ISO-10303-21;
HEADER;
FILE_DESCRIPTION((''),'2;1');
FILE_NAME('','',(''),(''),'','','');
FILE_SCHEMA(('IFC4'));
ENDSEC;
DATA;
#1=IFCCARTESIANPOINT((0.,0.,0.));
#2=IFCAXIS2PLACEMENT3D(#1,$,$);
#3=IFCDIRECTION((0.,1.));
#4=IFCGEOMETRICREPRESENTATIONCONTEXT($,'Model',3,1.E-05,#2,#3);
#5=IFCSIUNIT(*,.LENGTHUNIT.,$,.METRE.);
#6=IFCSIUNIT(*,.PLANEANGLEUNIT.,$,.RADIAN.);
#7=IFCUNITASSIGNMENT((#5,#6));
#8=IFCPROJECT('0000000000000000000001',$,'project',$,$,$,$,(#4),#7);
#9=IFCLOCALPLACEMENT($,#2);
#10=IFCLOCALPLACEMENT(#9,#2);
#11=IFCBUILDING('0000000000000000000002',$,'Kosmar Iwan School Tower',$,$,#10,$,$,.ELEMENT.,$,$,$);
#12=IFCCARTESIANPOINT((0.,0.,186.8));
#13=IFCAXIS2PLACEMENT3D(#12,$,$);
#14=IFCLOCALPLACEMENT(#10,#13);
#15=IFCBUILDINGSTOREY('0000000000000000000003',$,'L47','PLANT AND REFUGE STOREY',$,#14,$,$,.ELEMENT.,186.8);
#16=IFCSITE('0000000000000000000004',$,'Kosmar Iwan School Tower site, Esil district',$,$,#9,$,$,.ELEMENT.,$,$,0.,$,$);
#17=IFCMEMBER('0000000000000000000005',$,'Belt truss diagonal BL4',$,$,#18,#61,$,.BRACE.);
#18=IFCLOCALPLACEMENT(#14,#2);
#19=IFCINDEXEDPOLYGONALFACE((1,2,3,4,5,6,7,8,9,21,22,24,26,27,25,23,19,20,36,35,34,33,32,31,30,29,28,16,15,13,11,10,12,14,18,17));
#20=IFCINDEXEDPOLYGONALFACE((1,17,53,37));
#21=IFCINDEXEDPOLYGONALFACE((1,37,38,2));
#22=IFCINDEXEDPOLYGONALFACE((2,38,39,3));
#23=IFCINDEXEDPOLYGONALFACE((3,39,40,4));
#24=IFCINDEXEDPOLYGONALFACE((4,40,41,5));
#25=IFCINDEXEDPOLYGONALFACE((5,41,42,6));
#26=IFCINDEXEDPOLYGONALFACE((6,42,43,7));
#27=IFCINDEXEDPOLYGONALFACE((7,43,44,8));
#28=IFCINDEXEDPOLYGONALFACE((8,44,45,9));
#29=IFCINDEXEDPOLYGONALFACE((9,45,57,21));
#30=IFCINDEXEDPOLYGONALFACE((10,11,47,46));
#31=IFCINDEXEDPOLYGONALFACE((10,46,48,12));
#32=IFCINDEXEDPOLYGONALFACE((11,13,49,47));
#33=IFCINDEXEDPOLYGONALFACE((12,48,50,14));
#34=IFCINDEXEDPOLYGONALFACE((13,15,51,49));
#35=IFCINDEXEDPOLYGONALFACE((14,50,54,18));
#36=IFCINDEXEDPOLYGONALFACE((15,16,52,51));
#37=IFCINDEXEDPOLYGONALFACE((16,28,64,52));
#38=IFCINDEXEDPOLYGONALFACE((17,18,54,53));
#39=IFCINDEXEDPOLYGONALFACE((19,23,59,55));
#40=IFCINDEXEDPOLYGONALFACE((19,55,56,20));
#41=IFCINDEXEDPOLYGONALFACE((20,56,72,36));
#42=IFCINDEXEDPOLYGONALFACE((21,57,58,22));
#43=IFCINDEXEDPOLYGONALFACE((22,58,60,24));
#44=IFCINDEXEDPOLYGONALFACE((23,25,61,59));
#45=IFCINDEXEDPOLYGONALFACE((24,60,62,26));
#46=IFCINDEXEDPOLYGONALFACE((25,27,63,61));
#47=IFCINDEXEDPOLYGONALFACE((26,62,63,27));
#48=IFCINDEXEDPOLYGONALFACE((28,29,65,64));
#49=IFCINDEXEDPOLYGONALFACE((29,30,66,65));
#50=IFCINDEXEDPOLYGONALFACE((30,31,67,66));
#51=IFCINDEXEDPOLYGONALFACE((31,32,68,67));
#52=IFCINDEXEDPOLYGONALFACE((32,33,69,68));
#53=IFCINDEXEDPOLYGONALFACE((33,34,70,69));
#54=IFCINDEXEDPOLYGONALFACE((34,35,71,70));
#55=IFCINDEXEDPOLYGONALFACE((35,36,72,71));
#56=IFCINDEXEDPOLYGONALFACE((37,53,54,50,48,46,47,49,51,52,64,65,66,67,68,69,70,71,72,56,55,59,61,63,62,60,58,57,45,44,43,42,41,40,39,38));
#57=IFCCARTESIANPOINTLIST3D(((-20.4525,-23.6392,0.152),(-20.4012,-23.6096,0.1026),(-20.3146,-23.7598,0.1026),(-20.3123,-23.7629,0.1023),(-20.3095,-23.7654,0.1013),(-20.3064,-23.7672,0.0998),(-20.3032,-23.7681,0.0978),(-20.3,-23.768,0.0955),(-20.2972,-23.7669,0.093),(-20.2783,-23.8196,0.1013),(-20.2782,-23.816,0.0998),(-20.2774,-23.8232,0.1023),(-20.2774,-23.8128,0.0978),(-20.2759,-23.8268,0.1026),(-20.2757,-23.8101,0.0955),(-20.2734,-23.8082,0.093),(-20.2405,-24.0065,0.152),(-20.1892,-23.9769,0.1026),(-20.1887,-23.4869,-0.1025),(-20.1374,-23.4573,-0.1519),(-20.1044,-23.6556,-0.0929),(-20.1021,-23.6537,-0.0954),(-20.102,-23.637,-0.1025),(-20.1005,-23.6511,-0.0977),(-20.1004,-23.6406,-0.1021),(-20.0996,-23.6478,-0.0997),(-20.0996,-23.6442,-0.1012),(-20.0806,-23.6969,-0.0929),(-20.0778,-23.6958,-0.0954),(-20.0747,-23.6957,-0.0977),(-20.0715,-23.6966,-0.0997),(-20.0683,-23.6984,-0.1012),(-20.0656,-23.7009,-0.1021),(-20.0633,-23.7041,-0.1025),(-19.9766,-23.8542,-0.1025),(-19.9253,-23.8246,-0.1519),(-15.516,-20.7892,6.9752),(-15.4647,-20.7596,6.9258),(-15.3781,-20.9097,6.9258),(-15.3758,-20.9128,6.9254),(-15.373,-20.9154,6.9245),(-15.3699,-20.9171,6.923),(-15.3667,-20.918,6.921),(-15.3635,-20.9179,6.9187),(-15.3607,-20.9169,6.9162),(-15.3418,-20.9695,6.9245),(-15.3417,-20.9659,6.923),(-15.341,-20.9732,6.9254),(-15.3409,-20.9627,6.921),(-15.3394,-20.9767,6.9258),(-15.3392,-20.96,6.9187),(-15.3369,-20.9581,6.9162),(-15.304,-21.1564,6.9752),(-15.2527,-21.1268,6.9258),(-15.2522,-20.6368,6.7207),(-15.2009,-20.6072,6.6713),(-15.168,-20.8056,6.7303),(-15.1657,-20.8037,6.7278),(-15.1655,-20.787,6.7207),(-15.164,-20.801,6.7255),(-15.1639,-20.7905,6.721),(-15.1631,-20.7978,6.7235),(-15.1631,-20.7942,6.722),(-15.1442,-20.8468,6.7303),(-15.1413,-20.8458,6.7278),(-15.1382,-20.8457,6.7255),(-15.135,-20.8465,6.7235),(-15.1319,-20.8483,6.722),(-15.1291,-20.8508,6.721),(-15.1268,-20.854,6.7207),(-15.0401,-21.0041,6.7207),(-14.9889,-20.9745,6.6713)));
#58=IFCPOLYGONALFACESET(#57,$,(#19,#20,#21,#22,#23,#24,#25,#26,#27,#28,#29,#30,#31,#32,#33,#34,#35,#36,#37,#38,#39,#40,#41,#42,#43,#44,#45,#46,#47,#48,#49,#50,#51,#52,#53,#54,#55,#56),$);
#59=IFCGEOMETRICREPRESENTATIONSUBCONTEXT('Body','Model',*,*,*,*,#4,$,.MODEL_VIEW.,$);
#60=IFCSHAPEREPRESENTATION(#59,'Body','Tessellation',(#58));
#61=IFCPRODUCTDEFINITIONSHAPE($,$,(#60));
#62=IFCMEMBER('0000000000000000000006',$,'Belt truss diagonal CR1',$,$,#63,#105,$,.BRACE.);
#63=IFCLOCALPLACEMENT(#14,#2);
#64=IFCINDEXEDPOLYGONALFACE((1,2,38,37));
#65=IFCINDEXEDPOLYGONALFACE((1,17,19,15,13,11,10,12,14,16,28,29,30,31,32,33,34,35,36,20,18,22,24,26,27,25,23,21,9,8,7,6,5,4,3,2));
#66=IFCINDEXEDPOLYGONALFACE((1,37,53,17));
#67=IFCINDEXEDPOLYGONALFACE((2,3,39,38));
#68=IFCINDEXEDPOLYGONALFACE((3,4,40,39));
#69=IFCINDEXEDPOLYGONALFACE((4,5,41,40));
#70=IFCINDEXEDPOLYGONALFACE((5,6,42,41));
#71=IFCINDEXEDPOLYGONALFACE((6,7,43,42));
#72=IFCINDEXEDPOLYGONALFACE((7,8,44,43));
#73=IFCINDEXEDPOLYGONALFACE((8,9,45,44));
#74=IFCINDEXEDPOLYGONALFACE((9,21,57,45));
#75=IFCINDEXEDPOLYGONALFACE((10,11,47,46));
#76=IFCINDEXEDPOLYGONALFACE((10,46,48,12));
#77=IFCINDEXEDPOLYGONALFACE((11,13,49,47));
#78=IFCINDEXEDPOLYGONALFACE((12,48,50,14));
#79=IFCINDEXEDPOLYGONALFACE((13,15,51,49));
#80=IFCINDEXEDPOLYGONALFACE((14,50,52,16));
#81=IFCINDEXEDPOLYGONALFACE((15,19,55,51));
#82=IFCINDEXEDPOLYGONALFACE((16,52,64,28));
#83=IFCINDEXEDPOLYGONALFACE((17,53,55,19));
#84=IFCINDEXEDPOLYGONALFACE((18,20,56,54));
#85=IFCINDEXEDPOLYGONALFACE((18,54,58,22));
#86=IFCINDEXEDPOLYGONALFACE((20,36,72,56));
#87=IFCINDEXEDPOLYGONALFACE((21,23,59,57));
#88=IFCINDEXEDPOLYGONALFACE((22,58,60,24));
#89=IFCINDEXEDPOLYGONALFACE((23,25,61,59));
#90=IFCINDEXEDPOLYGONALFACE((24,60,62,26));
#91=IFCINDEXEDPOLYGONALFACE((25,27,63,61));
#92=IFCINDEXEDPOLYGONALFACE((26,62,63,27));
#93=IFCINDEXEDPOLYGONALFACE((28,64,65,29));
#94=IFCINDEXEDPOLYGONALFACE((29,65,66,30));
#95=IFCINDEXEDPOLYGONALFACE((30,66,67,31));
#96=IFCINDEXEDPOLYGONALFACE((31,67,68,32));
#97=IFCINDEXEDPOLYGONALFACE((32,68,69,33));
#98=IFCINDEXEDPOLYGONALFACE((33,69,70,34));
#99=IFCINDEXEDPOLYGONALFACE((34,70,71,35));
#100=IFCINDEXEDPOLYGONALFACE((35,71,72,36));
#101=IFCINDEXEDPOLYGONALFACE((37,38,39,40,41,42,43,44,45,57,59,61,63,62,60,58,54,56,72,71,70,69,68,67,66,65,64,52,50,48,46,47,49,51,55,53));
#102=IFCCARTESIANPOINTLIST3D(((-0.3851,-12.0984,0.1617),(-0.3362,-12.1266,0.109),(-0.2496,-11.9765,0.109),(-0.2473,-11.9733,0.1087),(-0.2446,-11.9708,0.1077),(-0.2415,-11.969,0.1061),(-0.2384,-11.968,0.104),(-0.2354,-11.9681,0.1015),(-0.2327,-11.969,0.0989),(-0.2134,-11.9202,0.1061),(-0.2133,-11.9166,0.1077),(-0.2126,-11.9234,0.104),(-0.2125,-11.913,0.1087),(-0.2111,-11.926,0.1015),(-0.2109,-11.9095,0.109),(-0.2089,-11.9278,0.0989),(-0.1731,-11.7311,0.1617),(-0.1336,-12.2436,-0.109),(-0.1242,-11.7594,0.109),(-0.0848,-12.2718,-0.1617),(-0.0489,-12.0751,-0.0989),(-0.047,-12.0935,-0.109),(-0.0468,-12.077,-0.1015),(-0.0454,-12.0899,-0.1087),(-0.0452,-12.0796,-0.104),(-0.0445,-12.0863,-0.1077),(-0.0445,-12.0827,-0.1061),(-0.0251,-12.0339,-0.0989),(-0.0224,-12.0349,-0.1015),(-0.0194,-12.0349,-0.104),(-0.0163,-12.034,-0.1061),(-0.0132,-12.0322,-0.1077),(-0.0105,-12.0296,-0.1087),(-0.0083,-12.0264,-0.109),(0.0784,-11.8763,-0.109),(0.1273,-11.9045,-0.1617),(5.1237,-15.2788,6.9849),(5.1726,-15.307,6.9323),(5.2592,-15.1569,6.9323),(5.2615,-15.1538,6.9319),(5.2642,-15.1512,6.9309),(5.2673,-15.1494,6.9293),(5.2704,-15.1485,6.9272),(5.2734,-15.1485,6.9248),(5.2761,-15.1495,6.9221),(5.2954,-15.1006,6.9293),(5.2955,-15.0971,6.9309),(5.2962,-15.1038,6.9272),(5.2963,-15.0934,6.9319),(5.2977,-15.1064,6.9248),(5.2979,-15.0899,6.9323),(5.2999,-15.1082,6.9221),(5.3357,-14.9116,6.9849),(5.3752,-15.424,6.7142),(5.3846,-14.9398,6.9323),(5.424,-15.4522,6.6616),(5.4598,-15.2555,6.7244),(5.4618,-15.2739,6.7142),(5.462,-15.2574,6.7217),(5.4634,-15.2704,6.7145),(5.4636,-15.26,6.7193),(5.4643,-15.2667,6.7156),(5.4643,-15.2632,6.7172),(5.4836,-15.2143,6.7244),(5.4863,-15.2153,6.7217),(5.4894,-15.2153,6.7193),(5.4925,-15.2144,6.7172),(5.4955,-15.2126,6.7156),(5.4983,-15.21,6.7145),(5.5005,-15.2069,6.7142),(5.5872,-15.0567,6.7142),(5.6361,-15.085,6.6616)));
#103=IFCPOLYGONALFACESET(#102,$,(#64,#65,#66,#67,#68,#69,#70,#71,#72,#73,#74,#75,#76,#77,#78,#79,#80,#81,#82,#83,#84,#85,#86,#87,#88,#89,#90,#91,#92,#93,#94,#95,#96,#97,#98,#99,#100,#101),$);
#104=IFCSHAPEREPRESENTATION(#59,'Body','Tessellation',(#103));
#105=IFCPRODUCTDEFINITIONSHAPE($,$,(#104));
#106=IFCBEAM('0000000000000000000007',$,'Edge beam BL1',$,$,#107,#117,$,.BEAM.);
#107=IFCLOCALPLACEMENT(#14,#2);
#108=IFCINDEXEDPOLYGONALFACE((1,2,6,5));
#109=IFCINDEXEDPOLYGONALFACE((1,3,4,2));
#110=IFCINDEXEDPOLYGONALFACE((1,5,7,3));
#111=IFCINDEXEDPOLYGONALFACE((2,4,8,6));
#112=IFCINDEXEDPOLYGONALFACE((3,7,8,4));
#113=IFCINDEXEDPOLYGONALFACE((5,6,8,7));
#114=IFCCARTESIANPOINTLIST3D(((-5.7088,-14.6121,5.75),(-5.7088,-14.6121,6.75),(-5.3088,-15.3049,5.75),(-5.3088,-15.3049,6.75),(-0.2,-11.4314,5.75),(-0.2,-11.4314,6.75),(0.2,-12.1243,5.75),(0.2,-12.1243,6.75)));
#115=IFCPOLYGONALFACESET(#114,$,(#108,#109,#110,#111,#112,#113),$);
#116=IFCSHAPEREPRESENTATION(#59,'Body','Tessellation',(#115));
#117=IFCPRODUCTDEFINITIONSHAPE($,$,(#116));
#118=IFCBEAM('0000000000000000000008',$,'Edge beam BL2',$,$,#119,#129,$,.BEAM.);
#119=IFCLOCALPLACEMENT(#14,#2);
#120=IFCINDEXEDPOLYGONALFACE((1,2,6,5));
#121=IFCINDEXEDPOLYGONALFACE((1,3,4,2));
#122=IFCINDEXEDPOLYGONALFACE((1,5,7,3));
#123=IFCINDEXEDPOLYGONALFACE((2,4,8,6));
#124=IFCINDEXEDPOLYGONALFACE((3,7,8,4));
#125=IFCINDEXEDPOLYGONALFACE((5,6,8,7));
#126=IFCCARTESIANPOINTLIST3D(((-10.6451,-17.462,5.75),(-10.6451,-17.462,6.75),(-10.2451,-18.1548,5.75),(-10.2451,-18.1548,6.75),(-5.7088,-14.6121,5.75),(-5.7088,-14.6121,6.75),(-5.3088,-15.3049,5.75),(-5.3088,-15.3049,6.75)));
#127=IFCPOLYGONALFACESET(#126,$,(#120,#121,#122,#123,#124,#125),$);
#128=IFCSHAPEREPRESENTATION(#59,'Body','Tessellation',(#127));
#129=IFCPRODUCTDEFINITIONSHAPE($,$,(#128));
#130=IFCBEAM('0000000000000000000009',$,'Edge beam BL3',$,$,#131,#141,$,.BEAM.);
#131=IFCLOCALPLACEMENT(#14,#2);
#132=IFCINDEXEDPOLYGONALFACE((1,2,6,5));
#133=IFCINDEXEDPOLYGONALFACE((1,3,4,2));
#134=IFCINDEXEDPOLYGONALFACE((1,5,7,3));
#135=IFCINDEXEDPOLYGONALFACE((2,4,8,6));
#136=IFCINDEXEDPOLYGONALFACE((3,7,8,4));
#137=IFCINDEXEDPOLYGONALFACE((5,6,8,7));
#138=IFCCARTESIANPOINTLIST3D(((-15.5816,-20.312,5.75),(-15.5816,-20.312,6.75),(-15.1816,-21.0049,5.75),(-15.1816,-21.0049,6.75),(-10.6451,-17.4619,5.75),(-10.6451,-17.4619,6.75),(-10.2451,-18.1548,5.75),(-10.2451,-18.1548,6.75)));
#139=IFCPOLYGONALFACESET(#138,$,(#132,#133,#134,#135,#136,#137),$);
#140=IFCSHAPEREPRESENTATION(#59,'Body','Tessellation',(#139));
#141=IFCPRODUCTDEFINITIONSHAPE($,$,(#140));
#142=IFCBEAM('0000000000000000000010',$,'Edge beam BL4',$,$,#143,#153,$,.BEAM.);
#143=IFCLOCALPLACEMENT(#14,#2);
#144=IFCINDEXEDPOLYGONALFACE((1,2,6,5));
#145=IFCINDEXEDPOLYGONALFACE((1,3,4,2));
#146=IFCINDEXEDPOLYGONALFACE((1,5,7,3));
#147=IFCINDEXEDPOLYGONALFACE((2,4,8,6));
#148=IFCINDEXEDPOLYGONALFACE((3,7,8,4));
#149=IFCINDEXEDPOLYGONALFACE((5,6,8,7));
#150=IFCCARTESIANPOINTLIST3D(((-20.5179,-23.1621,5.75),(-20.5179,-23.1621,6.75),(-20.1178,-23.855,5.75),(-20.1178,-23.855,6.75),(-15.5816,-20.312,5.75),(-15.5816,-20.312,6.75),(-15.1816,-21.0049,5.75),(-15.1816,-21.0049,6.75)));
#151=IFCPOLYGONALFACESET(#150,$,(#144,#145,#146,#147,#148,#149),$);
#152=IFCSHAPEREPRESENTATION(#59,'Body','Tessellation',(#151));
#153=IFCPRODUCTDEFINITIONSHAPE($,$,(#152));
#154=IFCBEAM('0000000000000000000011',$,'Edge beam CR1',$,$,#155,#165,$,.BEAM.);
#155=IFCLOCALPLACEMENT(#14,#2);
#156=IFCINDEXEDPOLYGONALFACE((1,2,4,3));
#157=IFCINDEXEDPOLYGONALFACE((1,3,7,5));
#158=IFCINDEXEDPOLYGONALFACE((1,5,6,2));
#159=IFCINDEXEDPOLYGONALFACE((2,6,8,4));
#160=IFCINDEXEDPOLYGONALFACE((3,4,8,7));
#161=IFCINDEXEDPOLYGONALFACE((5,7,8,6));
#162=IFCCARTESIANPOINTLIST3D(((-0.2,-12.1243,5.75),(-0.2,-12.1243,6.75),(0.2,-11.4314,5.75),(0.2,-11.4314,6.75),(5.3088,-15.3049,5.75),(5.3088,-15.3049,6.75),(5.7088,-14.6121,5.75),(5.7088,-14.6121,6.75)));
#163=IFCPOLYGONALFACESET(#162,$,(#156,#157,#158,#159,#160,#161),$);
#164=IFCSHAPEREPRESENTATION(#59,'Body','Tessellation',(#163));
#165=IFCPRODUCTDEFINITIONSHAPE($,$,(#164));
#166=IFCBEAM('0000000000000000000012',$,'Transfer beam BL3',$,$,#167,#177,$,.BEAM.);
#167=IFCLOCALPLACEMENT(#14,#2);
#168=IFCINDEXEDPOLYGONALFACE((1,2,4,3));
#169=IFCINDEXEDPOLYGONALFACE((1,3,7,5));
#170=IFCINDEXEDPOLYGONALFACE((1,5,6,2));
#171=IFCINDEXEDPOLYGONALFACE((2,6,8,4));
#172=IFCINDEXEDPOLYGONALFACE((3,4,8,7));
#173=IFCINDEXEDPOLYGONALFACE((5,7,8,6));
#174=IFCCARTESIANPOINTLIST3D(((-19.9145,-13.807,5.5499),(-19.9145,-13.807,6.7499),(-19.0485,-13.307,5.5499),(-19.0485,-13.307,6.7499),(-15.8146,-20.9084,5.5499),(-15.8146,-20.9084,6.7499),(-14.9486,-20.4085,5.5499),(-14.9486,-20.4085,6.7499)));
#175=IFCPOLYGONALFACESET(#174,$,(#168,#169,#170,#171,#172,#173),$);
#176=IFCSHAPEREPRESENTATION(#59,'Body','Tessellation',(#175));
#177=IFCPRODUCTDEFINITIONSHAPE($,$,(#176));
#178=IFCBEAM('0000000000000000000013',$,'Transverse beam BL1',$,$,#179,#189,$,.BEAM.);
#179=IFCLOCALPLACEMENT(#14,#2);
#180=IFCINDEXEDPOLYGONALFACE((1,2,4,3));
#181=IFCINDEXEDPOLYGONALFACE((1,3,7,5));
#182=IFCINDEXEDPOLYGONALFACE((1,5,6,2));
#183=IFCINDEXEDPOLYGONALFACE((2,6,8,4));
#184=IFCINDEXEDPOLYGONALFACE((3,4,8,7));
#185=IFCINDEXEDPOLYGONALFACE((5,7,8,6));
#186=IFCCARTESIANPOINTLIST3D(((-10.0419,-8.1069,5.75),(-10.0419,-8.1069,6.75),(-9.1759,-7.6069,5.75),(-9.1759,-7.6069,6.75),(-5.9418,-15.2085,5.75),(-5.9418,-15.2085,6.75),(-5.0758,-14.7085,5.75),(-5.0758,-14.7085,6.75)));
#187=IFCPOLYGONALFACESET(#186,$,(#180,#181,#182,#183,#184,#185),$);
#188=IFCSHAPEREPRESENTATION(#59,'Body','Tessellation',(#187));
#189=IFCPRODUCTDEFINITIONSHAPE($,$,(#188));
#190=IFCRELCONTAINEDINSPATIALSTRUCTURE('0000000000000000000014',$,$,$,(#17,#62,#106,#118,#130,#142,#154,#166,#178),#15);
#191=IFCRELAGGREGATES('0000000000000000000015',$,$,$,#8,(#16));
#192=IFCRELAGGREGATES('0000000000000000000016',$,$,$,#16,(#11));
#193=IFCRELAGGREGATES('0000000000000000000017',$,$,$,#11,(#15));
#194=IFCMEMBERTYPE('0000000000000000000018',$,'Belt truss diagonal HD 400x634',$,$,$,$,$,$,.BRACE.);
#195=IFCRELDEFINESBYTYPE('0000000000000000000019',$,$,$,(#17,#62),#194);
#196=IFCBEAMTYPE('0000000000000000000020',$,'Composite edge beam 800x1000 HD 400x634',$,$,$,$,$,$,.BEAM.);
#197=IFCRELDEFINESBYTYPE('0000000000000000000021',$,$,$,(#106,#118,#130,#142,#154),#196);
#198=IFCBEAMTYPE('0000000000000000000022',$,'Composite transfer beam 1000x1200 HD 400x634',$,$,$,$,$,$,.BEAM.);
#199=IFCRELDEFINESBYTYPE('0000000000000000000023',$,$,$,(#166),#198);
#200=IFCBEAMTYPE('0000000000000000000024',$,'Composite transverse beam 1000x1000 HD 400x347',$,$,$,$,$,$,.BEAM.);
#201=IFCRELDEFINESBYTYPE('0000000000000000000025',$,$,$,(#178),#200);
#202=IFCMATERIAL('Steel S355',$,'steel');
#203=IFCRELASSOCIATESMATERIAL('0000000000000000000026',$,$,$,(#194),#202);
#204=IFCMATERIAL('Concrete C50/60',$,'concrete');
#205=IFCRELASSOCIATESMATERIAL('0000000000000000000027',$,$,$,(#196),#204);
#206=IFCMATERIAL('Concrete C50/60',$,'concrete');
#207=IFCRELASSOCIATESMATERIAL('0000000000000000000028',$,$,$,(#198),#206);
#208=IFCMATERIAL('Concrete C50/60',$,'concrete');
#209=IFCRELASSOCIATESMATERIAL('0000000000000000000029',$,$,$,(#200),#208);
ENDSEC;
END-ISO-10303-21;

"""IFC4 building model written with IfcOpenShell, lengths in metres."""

from ifc_helpers import new_model, si_unit, direction, frame, origin, origin_2d, place, context, subcontext, project, spatial, rectangle, i_section, extrude, material, material_profile, profile_set, type_object, element, save


model = new_model("IFC4")

# Units and contexts
model_context = context("Model", 3, precision=1e-05, world=origin(), true_north=direction((0.0, 1.0)))
body_context = subcontext(model_context, "Body", "Model", "MODEL_VIEW")
ifc_project = project(units=[si_unit("LENGTHUNIT", "METRE"), si_unit("PLANEANGLEUNIT", "RADIAN")], contexts=[model_context])

# Site, building, storey
site_placement = place(None, origin())
site = spatial("IfcSite", under=ifc_project, at=site_placement, Name="Kosmar Iwan School Tower site, Esil district", CompositionType="ELEMENT", RefElevation=0.0)
building_placement = place(site_placement, origin())
building = spatial("IfcBuilding", under=site, at=building_placement, Name="Kosmar Iwan School Tower", CompositionType="ELEMENT")
storey_placement = place(building_placement, frame((0.0, 0.0, 186.8)))
storey = spatial("IfcBuildingStorey", under=building, at=storey_placement, Name="L47", Description="PLANT AND REFUGE STOREY", CompositionType="ELEMENT", Elevation=186.8)

# Members
ifc_material_1 = material(Name="Steel S355", Category="steel")
ifc_material_profile_1 = material_profile(ifc_material_1, i_section(OverallWidth=0.4241, OverallDepth=0.4741, WebThickness=0.0476, FlangeThickness=0.0771, FilletRadius=0.0149, at=origin_2d()), Name="HD 400x634")
ifc_profile_set_1 = profile_set([ifc_material_profile_1], Name="Steel S355")
member_type = type_object("IfcMemberType", Name="Belt truss diagonal HD 400x634", PredefinedType="BRACE", material=ifc_profile_set_1)
member_1_placement = place(storey_placement, frame((-15.2524, -20.8818, 6.8232), z_axis=(-0.55523, -0.320562, -0.767437), x_axis=(0.499999, -0.866026, 0.0)))
element("IfcMember", 1, at=member_1_placement, inside=storey, type_object=member_type, Name="Belt truss diagonal BL4", PredefinedType="BRACE", context=body_context, shape_type="SweptSolid", body=[
    extrude(i_section(OverallWidth=0.4241, OverallDepth=0.4741, WebThickness=0.0476, FlangeThickness=0.0771, FilletRadius=0.0149, at=origin_2d()), origin(), (0.0, 0.0, 1.0), 8.8909),
])
member_2_placement = place(storey_placement, frame((-0.1289, -12.0015, 0.0), z_axis=(0.590542, -0.340941, 0.731451), x_axis=(0.49999, 0.866031, 0.0)))
element("IfcMember", 2, at=member_2_placement, inside=storey, type_object=member_type, Name="Belt truss diagonal CR1", PredefinedType="BRACE", context=body_context, shape_type="SweptSolid", body=[
    extrude(i_section(OverallWidth=0.4241, OverallDepth=0.4741, WebThickness=0.0476, FlangeThickness=0.0771, FilletRadius=0.0149, at=origin_2d()), origin(), (0.0, 0.0, 1.0), 9.3284),
])

# Beams
ifc_material_2 = material(Name="Concrete C50/60", Category="concrete")
ifc_material_profile_2 = material_profile(ifc_material_2, rectangle(XDim=0.8, YDim=1.0, at=origin_2d()), Name="RC 800x1000 + HD 400x634")
ifc_profile_set_2 = profile_set([ifc_material_profile_2], Name="Concrete C50/60")
beam_type_1 = type_object("IfcBeamType", Name="Composite edge beam 800x1000 HD 400x634", PredefinedType="BEAM", material=ifc_profile_set_2)
beam_1_placement = place(storey_placement, frame((0.0, -11.7778, 6.25), z_axis=(-0.866014, -0.500019, 0.0), x_axis=(0.500019, -0.866014, 0.0)))
element("IfcBeam", 3, at=beam_1_placement, inside=storey, type_object=beam_type_1, Name="Edge beam BL1", PredefinedType="BEAM", context=body_context, shape_type="SweptSolid", body=[
    extrude(rectangle(XDim=0.8, YDim=1.0, at=origin_2d()), origin(), (0.0, 0.0, 1.0), 6.3611),
])
beam_2_placement = place(storey_placement, frame((-5.5088, -14.9585, 6.25), z_axis=(-0.866034, -0.499986, 0.0), x_axis=(0.499986, -0.866034, 0.0)))
element("IfcBeam", 4, at=beam_2_placement, inside=storey, type_object=beam_type_1, Name="Edge beam BL2", PredefinedType="BEAM", context=body_context, shape_type="SweptSolid", body=[
    extrude(rectangle(XDim=0.8, YDim=1.0, at=origin_2d()), origin(), (0.0, 0.0, 1.0), 5.7),
])
beam_3_placement = place(storey_placement, frame((-10.4451, -17.8083, 6.25), z_axis=(-0.866026, -0.499999, 0.0), x_axis=(0.499999, -0.866026, 0.0)))
element("IfcBeam", 5, at=beam_3_placement, inside=storey, type_object=beam_type_1, Name="Edge beam BL3", PredefinedType="BEAM", context=body_context, shape_type="SweptSolid", body=[
    extrude(rectangle(XDim=0.8, YDim=1.0, at=origin_2d()), origin(), (0.0, 0.0, 1.0), 5.7002),
])
beam_4_placement = place(storey_placement, frame((-15.3816, -20.6584, 6.25), z_axis=(-0.866015, -0.500018, 0.0), x_axis=(0.500018, -0.866015, 0.0)))
element("IfcBeam", 6, at=beam_4_placement, inside=storey, type_object=beam_type_1, Name="Edge beam BL4", PredefinedType="BEAM", context=body_context, shape_type="SweptSolid", body=[
    extrude(rectangle(XDim=0.8, YDim=1.0, at=origin_2d()), origin(), (0.0, 0.0, 1.0), 5.7),
])
beam_5_placement = place(storey_placement, frame((0.0, -11.7778, 6.25), z_axis=(0.866014, -0.500019, 0.0), x_axis=(0.500019, 0.866014, 0.0)))
element("IfcBeam", 7, at=beam_5_placement, inside=storey, type_object=beam_type_1, Name="Edge beam CR1", PredefinedType="BEAM", context=body_context, shape_type="SweptSolid", body=[
    extrude(rectangle(XDim=0.8, YDim=1.0, at=origin_2d()), origin(), (0.0, 0.0, 1.0), 6.3611),
])
ifc_material_3 = material(Name="Concrete C50/60", Category="concrete")
ifc_material_profile_3 = material_profile(ifc_material_3, rectangle(XDim=1.0, YDim=1.2, at=origin_2d()), Name="RC 1000x1200 + HD 400x634")
ifc_profile_set_3 = profile_set([ifc_material_profile_3], Name="Concrete C50/60")
beam_type_2 = type_object("IfcBeamType", Name="Composite transfer beam 1000x1200 HD 400x634", PredefinedType="BEAM", material=ifc_profile_set_3)
beam_6_placement = place(storey_placement, frame((-15.3816, -20.6584, 6.1499), z_axis=(-0.499991, 0.86603, 0.0), x_axis=(-0.86603, -0.499991, 0.0)))
element("IfcBeam", 8, at=beam_6_placement, inside=storey, type_object=beam_type_2, Name="Transfer beam BL3", PredefinedType="BEAM", context=body_context, shape_type="SweptSolid", body=[
    extrude(rectangle(XDim=1.0, YDim=1.2, at=origin_2d()), origin(), (0.0, 0.0, 1.0), 8.2),
])
ifc_material_4 = material(Name="Concrete C50/60", Category="concrete")
ifc_material_profile_4 = material_profile(ifc_material_4, rectangle(XDim=1.0, YDim=1.0, at=origin_2d()), Name="RC 1000x1000 + HD 400x347")
ifc_profile_set_4 = profile_set([ifc_material_profile_4], Name="Concrete C50/60")
beam_type_3 = type_object("IfcBeamType", Name="Composite transverse beam 1000x1000 HD 400x347", PredefinedType="BEAM", material=ifc_profile_set_4)
beam_7_placement = place(storey_placement, frame((-5.5088, -14.9585, 6.25), z_axis=(-0.500001, 0.866025, 0.0), x_axis=(-0.866025, -0.500001, 0.0)))
element("IfcBeam", 9, at=beam_7_placement, inside=storey, type_object=beam_type_3, Name="Transverse beam BL1", PredefinedType="BEAM", context=body_context, shape_type="SweptSolid", body=[
    extrude(rectangle(XDim=1.0, YDim=1.0, at=origin_2d()), origin(), (0.0, 0.0, 1.0), 8.2002),
])

save(model, "model.ifc")
